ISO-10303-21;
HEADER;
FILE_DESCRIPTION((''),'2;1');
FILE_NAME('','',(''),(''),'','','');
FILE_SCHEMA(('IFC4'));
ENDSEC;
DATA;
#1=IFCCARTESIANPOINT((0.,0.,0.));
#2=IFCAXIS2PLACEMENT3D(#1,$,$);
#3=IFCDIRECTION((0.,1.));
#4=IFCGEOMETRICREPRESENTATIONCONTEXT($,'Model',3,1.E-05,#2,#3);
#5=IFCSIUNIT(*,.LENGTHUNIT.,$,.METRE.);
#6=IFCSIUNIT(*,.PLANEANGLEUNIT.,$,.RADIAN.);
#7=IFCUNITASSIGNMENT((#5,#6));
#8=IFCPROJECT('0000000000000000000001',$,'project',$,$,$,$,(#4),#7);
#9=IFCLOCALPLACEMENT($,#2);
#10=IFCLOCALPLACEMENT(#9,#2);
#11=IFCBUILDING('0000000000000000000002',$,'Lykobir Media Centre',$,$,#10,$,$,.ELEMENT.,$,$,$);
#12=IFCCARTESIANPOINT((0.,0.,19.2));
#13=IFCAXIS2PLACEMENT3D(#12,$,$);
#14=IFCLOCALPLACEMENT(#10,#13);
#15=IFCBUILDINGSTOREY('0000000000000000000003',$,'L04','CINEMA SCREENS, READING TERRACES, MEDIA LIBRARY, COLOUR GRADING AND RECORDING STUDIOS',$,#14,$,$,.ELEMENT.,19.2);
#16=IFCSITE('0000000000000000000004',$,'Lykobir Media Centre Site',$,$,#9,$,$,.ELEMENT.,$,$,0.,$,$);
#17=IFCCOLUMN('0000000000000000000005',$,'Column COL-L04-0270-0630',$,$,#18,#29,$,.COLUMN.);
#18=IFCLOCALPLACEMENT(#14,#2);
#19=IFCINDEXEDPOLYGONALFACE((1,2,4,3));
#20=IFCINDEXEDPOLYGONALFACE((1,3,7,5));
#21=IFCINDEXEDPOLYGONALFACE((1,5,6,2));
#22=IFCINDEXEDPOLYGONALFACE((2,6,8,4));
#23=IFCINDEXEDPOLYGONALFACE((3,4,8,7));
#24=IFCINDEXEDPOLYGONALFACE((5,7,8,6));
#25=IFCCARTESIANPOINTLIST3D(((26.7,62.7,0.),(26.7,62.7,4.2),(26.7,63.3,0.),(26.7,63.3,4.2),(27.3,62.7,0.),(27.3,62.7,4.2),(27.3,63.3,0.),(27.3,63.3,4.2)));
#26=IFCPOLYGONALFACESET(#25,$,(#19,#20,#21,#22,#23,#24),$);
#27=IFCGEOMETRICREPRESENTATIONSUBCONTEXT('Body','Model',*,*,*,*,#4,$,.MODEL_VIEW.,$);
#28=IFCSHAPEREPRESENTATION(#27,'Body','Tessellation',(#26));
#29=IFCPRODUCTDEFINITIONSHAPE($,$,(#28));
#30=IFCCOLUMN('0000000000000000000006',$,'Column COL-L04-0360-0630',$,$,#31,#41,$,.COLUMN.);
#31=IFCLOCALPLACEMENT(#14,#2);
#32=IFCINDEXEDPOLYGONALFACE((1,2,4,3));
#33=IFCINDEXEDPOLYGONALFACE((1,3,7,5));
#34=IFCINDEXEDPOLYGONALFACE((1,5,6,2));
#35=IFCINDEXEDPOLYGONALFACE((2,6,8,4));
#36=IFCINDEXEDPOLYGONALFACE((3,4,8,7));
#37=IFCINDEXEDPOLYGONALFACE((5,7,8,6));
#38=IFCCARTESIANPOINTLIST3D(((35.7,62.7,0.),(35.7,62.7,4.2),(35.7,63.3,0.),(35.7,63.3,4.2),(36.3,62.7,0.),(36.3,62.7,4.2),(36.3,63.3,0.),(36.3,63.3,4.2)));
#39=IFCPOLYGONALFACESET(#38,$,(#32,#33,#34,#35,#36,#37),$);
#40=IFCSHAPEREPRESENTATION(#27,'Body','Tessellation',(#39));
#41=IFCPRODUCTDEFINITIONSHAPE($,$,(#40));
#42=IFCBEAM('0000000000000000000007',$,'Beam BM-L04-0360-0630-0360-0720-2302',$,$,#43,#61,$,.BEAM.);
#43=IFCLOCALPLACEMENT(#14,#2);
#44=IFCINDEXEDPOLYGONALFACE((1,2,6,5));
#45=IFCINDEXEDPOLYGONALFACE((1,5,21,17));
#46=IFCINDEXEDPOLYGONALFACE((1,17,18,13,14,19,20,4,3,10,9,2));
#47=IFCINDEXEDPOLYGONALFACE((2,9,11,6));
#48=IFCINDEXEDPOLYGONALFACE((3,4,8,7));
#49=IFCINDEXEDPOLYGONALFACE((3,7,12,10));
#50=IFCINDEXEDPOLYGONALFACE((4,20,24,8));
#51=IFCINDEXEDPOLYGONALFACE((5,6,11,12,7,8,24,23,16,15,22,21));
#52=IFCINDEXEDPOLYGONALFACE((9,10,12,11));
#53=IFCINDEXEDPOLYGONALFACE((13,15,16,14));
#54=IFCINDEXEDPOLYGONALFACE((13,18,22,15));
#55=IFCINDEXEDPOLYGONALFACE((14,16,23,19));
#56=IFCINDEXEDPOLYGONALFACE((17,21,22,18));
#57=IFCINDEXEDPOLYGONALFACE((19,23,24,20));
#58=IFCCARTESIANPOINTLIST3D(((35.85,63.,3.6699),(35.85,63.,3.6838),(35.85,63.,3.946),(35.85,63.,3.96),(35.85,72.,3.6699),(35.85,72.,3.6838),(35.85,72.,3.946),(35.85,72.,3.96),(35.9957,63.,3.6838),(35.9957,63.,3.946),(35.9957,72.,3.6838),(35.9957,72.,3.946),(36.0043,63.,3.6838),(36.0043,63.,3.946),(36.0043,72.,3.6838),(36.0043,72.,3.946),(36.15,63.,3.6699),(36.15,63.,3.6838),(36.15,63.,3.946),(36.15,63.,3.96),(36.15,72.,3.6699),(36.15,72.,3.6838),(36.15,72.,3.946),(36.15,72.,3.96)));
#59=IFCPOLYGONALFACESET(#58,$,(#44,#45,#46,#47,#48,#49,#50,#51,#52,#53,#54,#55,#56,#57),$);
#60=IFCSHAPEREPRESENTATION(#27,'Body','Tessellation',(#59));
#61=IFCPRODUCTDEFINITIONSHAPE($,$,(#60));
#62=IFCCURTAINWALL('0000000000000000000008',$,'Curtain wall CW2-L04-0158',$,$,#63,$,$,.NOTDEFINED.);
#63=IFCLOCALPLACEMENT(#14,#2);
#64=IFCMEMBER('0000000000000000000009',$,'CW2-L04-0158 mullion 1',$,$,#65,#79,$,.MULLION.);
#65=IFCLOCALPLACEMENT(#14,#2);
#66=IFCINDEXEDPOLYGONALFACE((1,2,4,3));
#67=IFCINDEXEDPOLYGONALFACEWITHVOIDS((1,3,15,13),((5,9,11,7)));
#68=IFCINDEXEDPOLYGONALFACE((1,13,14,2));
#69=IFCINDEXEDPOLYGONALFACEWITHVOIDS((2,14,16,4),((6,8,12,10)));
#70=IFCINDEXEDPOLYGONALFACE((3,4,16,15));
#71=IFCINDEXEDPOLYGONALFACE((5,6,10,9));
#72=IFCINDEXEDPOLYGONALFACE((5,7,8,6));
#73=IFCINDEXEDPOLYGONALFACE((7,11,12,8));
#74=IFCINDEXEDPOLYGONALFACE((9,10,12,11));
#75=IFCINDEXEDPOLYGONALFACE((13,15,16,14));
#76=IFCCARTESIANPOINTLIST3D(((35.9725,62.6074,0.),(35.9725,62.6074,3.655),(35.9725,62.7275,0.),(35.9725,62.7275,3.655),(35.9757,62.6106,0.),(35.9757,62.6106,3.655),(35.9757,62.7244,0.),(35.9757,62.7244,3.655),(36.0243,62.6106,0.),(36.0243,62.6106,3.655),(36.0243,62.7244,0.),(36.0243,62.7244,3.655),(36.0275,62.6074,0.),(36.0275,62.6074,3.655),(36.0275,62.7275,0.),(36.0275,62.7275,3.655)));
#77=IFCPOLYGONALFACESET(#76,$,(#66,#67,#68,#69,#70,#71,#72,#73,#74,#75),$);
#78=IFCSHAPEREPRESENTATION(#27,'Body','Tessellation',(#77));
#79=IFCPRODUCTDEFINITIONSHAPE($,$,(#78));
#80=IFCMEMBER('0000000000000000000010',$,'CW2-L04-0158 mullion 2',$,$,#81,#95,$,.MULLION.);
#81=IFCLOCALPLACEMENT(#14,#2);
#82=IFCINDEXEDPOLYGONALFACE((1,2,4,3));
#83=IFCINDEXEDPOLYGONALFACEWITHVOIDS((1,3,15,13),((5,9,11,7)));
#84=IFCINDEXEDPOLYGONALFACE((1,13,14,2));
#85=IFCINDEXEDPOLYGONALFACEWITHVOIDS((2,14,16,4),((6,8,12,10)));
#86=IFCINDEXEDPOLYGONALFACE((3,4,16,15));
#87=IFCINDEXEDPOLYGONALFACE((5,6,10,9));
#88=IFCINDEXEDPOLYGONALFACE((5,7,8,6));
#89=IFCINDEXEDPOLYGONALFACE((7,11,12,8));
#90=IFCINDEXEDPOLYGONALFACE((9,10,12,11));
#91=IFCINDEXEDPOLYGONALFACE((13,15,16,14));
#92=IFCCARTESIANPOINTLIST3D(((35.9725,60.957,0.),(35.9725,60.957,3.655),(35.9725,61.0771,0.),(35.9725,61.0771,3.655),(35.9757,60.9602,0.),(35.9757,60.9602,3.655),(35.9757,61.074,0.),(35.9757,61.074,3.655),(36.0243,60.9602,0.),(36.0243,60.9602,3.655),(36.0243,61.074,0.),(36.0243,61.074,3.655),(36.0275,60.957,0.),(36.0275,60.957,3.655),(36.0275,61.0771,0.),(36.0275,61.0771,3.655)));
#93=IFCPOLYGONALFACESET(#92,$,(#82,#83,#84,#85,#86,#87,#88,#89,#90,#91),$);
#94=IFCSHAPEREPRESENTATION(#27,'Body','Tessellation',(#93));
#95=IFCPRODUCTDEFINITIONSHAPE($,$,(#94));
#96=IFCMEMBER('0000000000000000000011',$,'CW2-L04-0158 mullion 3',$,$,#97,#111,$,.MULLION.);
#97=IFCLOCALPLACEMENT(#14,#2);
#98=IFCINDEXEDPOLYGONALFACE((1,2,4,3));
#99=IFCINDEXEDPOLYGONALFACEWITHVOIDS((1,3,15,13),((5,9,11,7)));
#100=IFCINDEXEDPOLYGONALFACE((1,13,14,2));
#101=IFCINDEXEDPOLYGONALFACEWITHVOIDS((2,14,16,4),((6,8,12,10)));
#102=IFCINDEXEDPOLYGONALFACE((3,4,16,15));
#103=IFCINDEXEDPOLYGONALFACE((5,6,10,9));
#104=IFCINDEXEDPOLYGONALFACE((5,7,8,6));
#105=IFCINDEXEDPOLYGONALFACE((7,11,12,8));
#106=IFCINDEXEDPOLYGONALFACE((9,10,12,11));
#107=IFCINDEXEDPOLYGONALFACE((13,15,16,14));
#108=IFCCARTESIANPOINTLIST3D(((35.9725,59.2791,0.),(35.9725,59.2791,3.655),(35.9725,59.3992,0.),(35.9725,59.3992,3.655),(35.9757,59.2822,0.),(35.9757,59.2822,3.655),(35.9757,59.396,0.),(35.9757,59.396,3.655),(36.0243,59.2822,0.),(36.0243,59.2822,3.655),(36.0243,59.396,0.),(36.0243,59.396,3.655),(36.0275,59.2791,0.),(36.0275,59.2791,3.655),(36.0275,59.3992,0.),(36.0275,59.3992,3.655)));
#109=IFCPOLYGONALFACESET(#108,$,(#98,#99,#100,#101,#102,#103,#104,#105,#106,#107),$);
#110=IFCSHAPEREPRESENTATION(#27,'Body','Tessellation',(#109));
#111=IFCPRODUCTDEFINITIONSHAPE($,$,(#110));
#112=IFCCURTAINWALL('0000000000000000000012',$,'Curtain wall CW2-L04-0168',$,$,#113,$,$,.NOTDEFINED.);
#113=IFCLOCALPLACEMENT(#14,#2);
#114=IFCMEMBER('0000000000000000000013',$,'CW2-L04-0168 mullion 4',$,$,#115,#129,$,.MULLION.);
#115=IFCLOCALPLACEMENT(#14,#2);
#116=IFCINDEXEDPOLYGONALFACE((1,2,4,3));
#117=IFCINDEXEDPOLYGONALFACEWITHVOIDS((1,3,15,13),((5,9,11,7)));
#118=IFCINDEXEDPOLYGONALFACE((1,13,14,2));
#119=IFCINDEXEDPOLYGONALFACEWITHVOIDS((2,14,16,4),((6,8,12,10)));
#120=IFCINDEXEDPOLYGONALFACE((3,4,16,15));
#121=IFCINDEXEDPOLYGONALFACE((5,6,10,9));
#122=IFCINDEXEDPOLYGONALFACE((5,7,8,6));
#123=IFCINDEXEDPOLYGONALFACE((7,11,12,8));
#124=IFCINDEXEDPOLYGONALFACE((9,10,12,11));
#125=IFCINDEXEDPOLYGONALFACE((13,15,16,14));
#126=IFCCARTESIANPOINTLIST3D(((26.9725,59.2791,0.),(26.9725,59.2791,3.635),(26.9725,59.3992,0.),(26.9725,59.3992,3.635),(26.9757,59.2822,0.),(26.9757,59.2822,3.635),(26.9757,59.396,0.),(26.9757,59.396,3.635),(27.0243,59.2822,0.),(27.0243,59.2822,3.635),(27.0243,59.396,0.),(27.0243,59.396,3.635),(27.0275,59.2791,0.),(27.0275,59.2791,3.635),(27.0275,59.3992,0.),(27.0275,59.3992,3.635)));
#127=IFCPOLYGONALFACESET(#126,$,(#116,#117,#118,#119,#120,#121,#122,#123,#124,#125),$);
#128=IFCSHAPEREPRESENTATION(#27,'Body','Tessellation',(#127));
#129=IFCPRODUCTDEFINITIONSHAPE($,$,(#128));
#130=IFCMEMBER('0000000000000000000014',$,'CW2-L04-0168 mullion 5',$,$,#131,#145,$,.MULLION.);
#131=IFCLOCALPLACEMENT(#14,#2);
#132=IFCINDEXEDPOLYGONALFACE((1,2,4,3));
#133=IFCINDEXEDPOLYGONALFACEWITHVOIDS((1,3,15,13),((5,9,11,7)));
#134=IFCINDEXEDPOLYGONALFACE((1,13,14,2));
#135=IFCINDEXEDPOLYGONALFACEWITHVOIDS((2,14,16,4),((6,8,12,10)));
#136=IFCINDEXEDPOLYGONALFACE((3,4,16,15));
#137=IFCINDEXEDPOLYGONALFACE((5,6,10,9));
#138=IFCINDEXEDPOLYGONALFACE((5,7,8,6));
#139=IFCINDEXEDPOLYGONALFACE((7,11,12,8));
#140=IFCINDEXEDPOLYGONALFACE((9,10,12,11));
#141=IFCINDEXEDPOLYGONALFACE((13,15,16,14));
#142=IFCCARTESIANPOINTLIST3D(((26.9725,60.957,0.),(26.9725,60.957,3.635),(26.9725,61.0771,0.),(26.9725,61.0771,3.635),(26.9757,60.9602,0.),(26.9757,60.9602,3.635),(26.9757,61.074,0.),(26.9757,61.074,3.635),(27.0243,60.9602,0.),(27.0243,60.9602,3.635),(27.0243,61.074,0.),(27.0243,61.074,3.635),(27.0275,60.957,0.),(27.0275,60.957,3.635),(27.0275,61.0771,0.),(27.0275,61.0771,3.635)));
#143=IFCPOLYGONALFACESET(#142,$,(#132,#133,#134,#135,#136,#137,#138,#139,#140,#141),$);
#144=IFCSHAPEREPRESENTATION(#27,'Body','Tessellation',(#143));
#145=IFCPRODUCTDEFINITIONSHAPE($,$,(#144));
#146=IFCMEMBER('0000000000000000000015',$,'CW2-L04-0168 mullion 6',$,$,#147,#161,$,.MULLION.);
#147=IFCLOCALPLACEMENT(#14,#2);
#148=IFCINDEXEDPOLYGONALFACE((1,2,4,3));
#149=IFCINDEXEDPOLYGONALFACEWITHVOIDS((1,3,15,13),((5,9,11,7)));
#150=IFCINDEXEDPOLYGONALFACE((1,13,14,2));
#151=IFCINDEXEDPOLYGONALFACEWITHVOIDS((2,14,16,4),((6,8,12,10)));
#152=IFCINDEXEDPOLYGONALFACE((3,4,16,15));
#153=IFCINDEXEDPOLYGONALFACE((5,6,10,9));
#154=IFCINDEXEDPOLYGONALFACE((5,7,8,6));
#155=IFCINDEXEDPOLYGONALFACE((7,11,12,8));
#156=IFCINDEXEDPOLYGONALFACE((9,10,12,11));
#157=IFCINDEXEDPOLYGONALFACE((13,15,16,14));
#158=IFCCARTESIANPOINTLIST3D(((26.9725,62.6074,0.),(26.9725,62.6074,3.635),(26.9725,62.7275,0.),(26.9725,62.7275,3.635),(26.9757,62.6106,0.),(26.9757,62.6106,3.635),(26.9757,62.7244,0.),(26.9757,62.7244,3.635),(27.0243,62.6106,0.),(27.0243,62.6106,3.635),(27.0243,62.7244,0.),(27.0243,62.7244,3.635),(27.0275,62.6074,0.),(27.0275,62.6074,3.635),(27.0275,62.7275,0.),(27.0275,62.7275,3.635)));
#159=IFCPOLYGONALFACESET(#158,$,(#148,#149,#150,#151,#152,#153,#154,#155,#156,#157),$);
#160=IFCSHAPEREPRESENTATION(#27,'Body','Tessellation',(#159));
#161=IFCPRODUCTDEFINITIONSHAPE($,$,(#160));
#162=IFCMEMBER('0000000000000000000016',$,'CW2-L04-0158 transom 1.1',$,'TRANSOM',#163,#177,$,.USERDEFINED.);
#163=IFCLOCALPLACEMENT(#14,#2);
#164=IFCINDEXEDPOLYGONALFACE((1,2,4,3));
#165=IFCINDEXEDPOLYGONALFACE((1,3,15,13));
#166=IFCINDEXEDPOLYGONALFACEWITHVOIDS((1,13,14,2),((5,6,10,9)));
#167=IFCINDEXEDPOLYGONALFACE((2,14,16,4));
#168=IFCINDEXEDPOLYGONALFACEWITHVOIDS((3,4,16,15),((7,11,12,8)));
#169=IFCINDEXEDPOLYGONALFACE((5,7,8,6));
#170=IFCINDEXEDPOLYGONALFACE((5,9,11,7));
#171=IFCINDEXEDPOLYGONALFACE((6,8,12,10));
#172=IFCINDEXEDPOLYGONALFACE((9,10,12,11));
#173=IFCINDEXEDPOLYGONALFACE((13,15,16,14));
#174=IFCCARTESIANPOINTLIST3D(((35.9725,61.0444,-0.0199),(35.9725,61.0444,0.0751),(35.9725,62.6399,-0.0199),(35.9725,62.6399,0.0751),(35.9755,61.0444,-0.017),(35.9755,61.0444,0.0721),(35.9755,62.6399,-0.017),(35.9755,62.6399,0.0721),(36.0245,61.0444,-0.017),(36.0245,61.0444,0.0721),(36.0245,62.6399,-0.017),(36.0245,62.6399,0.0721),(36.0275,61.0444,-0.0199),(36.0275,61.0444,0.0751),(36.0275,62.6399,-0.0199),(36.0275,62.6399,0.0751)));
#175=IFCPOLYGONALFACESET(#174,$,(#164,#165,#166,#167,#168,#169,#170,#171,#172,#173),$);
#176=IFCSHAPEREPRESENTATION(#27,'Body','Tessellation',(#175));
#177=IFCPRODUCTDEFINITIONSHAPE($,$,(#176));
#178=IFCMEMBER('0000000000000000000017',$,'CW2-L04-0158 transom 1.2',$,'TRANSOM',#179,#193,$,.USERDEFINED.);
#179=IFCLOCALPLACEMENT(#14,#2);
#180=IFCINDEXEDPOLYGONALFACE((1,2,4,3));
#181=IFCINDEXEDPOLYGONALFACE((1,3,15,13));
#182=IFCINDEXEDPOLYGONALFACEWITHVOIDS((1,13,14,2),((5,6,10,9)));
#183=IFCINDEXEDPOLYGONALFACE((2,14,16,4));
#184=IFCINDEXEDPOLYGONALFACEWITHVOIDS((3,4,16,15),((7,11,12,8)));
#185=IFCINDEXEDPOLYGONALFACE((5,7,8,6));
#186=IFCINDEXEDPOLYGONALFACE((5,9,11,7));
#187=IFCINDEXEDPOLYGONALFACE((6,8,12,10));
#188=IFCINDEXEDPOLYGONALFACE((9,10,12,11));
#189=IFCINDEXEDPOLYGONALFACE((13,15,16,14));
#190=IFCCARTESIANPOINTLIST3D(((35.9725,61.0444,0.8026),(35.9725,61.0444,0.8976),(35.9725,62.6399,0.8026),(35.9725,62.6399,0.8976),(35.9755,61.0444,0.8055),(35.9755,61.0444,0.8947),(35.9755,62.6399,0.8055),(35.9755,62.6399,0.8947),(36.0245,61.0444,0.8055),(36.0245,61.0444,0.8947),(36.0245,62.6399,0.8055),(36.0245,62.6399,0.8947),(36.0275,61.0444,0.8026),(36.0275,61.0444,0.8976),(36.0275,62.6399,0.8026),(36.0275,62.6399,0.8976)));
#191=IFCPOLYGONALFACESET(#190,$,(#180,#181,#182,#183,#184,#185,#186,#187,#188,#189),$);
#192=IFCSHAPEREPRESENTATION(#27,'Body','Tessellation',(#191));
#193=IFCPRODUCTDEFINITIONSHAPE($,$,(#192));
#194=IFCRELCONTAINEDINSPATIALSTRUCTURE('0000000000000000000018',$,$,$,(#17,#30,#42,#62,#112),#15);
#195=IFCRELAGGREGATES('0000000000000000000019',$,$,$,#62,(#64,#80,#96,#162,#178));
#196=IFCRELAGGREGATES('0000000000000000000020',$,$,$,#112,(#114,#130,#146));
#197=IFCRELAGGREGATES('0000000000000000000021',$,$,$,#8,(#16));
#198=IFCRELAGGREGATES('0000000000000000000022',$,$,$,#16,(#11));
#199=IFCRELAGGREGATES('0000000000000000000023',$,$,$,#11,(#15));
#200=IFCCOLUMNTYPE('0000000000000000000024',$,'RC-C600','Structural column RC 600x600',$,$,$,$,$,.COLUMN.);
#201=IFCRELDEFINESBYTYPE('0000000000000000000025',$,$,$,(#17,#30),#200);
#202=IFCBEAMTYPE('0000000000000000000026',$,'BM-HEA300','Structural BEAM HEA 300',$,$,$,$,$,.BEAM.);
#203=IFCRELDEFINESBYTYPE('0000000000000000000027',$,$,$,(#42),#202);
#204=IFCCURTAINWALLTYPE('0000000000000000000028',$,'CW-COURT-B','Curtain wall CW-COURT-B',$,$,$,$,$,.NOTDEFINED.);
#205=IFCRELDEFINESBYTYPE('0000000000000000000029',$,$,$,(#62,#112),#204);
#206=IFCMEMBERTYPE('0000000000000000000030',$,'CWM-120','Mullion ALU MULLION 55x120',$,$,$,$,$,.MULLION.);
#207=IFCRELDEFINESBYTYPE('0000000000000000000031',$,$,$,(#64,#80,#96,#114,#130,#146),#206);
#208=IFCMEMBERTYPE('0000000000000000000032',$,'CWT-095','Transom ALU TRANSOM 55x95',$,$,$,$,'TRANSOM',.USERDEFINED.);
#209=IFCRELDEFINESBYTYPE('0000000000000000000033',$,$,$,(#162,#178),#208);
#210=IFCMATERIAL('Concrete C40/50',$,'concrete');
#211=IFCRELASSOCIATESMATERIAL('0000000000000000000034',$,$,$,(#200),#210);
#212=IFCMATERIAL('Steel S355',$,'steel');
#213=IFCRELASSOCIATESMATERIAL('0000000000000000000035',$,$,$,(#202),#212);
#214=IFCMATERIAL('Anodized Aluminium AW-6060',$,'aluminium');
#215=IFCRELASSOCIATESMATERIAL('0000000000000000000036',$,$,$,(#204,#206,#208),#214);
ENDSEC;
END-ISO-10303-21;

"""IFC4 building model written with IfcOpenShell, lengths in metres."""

from ifc_helpers import new_model, si_unit, direction, frame, origin, origin_2d, place, context, subcontext, project, spatial, rectangle, hollow_rectangle, i_section, extrude, material, material_profile, profile_set, type_object, element, aggregate, save


model = new_model("IFC4")

# Units and contexts
model_context = context("Model", 3, precision=1e-05, world=origin(), true_north=direction((0.0, 1.0)))
body_context = subcontext(model_context, "Body", "Model", "MODEL_VIEW")
ifc_project = project(units=[si_unit("LENGTHUNIT", "METRE"), si_unit("PLANEANGLEUNIT", "RADIAN")], contexts=[model_context])

# Site, building, storey
site_placement = place(None, origin())
site = spatial("IfcSite", under=ifc_project, at=site_placement, Name="Lykobir Media Centre Site", CompositionType="ELEMENT", RefElevation=0.0)
building_placement = place(site_placement, origin())
building = spatial("IfcBuilding", under=site, at=building_placement, Name="Lykobir Media Centre", CompositionType="ELEMENT")
storey_placement = place(building_placement, frame((0.0, 0.0, 19.2)))
storey = spatial("IfcBuildingStorey", under=building, at=storey_placement, Name="L04", Description="CINEMA SCREENS, READING TERRACES, MEDIA LIBRARY, COLOUR GRADING AND RECORDING STUDIOS", CompositionType="ELEMENT", Elevation=19.2)

# Columns
ifc_material_1 = material(Name="Concrete C40/50", Category="concrete")
ifc_material_profile_1 = material_profile(ifc_material_1, rectangle(XDim=0.6001, YDim=0.6001, at=origin_2d()), Name="RC 600x600")
ifc_profile_set_1 = profile_set([ifc_material_profile_1], Name="Concrete C40/50")
column_type = type_object("IfcColumnType", Name="RC-C600", Description="Structural column RC 600x600", PredefinedType="COLUMN", material=ifc_profile_set_1)
for number, where, z_axis, x_axis, name in (
    (1, (27.0, 63.0, 0.0), (0.0, 0.0, 1.0), (1.0, 0.0, 0.0), "Column COL-L04-0270-0630"),
    (2, (36.0, 63.0, 0.0), (0.0, 0.0, 1.0), (1.0, 0.0, 0.0), "Column COL-L04-0360-0630"),
):
    element("IfcColumn", number, at=place(storey_placement, frame(where, z_axis=z_axis, x_axis=x_axis)), inside=storey, type_object=column_type, Name=name, PredefinedType="COLUMN", context=body_context, shape_type="SweptSolid", body=[
        extrude(rectangle(XDim=0.6001, YDim=0.6001, at=origin_2d()), origin(), (0.0, 0.0, 1.0), 4.2),
    ])

# Beam
ifc_material_2 = material(Name="Steel S355", Category="steel")
ifc_material_profile_2 = material_profile(ifc_material_2, i_section(OverallWidth=0.3, OverallDepth=0.29, WebThickness=0.0085, FlangeThickness=0.0139, at=origin_2d()), Name="HEA 300")
ifc_profile_set_2 = profile_set([ifc_material_profile_2], Name="Steel S355")
beam_type_1 = type_object("IfcBeamType", Name="BM-HEA300", Description="Structural BEAM HEA 300", PredefinedType="BEAM", material=ifc_profile_set_2)
beam_1_placement = place(storey_placement, frame((36.0, 63.0, 3.8149), z_axis=(0.0, 1.0, 0.0), x_axis=(-1.0, 0.0, 0.0)))
element("IfcBeam", 3, at=beam_1_placement, inside=storey, type_object=beam_type_1, Name="Beam BM-L04-0360-0630-0360-0720-2302", PredefinedType="BEAM", context=body_context, shape_type="SweptSolid", body=[
    extrude(i_section(OverallWidth=0.3, OverallDepth=0.29, WebThickness=0.0085, FlangeThickness=0.0139, at=origin_2d()), origin(), (0.0, 0.0, 1.0), 9.0),
])

# Curtain walls, members
ifc_material_3 = material(Name="Anodized Aluminium AW-6060", Category="aluminium")
curtain_wall_type = type_object("IfcCurtainWallType", Name="CW-COURT-B", Description="Curtain wall CW-COURT-B", PredefinedType="NOTDEFINED", material=ifc_material_3)
curtain_wall_1_placement = place(storey_placement, origin())
curtain_wall_1 = element("IfcCurtainWall", 4, at=curtain_wall_1_placement, inside=storey, type_object=curtain_wall_type, Name="Curtain wall CW2-L04-0158", PredefinedType="NOTDEFINED")
ifc_material_profile_3 = material_profile(ifc_material_3, hollow_rectangle(XDim=0.0549, YDim=0.1201, WallThickness=0.0032, at=origin_2d()), Name="ALU MULLION 55x120")
ifc_profile_set_3 = profile_set([ifc_material_profile_3], Name="Anodized Aluminium AW-6060")
member_type_1 = type_object("IfcMemberType", Name="CWM-120", Description="Mullion ALU MULLION 55x120", PredefinedType="MULLION", material=ifc_profile_set_3)
member_1_placement = place(storey_placement, frame((36.0, 62.6675, 0.0), z_axis=(0.0, 0.0, 1.0), x_axis=(1.0, 0.0, 0.0)))
member_1 = element("IfcMember", 5, at=member_1_placement, type_object=member_type_1, Name="CW2-L04-0158 mullion 1", PredefinedType="MULLION", context=body_context, shape_type="SweptSolid", body=[
    extrude(hollow_rectangle(XDim=0.0549, YDim=0.1201, WallThickness=0.0032, at=origin_2d()), origin(), (0.0, 0.0, 1.0), 3.655),
])
member_2_placement = place(storey_placement, frame((36.0, 61.0171, 0.0), z_axis=(0.0, 0.0, 1.0), x_axis=(1.0, 0.0, 0.0)))
member_2 = element("IfcMember", 6, at=member_2_placement, type_object=member_type_1, Name="CW2-L04-0158 mullion 2", PredefinedType="MULLION", context=body_context, shape_type="SweptSolid", body=[
    extrude(hollow_rectangle(XDim=0.0549, YDim=0.1201, WallThickness=0.0032, at=origin_2d()), origin(), (0.0, 0.0, 1.0), 3.655),
])
member_3_placement = place(storey_placement, frame((36.0, 59.3391, 0.0), z_axis=(0.0, 0.0, 1.0), x_axis=(1.0, 0.0, 0.0)))
member_3 = element("IfcMember", 7, at=member_3_placement, type_object=member_type_1, Name="CW2-L04-0158 mullion 3", PredefinedType="MULLION", context=body_context, shape_type="SweptSolid", body=[
    extrude(hollow_rectangle(XDim=0.0549, YDim=0.1201, WallThickness=0.0032, at=origin_2d()), origin(), (0.0, 0.0, 1.0), 3.655),
])
curtain_wall_2_placement = place(storey_placement, origin())
curtain_wall_2 = element("IfcCurtainWall", 8, at=curtain_wall_2_placement, inside=storey, type_object=curtain_wall_type, Name="Curtain wall CW2-L04-0168", PredefinedType="NOTDEFINED")
member_4_placement = place(storey_placement, frame((27.0, 59.3391, 0.0), z_axis=(0.0, 0.0, 1.0), x_axis=(-1.0, 0.0, 0.0)))
member_4 = element("IfcMember", 9, at=member_4_placement, type_object=member_type_1, Name="CW2-L04-0168 mullion 4", PredefinedType="MULLION", context=body_context, shape_type="SweptSolid", body=[
    extrude(hollow_rectangle(XDim=0.0549, YDim=0.1201, WallThickness=0.0032, at=origin_2d()), origin(), (0.0, 0.0, 1.0), 3.635),
])
member_5_placement = place(storey_placement, frame((27.0, 61.0171, 0.0), z_axis=(0.0, 0.0, 1.0), x_axis=(-1.0, 0.0, 0.0)))
member_5 = element("IfcMember", 10, at=member_5_placement, type_object=member_type_1, Name="CW2-L04-0168 mullion 5", PredefinedType="MULLION", context=body_context, shape_type="SweptSolid", body=[
    extrude(hollow_rectangle(XDim=0.0549, YDim=0.1201, WallThickness=0.0032, at=origin_2d()), origin(), (0.0, 0.0, 1.0), 3.635),
])
member_6_placement = place(storey_placement, frame((27.0, 62.6675, 0.0), z_axis=(0.0, 0.0, 1.0), x_axis=(-1.0, 0.0, 0.0)))
member_6 = element("IfcMember", 11, at=member_6_placement, type_object=member_type_1, Name="CW2-L04-0168 mullion 6", PredefinedType="MULLION", context=body_context, shape_type="SweptSolid", body=[
    extrude(hollow_rectangle(XDim=0.0549, YDim=0.1201, WallThickness=0.0032, at=origin_2d()), origin(), (0.0, 0.0, 1.0), 3.635),
])

# Members
ifc_material_profile_4 = material_profile(ifc_material_3, hollow_rectangle(XDim=0.0549, YDim=0.095, WallThickness=0.0029, at=origin_2d()), Name="ALU TRANSOM 55x95")
ifc_profile_set_4 = profile_set([ifc_material_profile_4], Name="Anodized Aluminium AW-6060")
member_type_2 = type_object("IfcMemberType", Name="CWT-095", Description="Transom ALU TRANSOM 55x95", ElementType="TRANSOM", PredefinedType="USERDEFINED", material=ifc_profile_set_4)
member_7_placement = place(storey_placement, frame((36.0, 62.6399, 0.0276), z_axis=(0.0, -1.0, 0.0), x_axis=(1.0, 0.0, 0.0)))
member_7 = element("IfcMember", 12, at=member_7_placement, type_object=member_type_2, Name="CW2-L04-0158 transom 1.1", ObjectType="TRANSOM", PredefinedType="USERDEFINED", context=body_context, shape_type="SweptSolid", body=[
    extrude(hollow_rectangle(XDim=0.0549, YDim=0.095, WallThickness=0.0029, at=origin_2d()), origin(), (0.0, 0.0, 1.0), 1.5955),
])
member_8_placement = place(storey_placement, frame((36.0, 62.6399, 0.8501), z_axis=(0.0, -1.0, 0.0), x_axis=(1.0, 0.0, 0.0)))
member_8 = element("IfcMember", 13, at=member_8_placement, type_object=member_type_2, Name="CW2-L04-0158 transom 1.2", ObjectType="TRANSOM", PredefinedType="USERDEFINED", context=body_context, shape_type="SweptSolid", body=[
    extrude(hollow_rectangle(XDim=0.0549, YDim=0.095, WallThickness=0.0029, at=origin_2d()), origin(), (0.0, 0.0, 1.0), 1.5955),
])

aggregate(curtain_wall_1, [member_1, member_2, member_3, member_7, member_8])
aggregate(curtain_wall_2, [member_4, member_5, member_6])

save(model, "model.ifc")
